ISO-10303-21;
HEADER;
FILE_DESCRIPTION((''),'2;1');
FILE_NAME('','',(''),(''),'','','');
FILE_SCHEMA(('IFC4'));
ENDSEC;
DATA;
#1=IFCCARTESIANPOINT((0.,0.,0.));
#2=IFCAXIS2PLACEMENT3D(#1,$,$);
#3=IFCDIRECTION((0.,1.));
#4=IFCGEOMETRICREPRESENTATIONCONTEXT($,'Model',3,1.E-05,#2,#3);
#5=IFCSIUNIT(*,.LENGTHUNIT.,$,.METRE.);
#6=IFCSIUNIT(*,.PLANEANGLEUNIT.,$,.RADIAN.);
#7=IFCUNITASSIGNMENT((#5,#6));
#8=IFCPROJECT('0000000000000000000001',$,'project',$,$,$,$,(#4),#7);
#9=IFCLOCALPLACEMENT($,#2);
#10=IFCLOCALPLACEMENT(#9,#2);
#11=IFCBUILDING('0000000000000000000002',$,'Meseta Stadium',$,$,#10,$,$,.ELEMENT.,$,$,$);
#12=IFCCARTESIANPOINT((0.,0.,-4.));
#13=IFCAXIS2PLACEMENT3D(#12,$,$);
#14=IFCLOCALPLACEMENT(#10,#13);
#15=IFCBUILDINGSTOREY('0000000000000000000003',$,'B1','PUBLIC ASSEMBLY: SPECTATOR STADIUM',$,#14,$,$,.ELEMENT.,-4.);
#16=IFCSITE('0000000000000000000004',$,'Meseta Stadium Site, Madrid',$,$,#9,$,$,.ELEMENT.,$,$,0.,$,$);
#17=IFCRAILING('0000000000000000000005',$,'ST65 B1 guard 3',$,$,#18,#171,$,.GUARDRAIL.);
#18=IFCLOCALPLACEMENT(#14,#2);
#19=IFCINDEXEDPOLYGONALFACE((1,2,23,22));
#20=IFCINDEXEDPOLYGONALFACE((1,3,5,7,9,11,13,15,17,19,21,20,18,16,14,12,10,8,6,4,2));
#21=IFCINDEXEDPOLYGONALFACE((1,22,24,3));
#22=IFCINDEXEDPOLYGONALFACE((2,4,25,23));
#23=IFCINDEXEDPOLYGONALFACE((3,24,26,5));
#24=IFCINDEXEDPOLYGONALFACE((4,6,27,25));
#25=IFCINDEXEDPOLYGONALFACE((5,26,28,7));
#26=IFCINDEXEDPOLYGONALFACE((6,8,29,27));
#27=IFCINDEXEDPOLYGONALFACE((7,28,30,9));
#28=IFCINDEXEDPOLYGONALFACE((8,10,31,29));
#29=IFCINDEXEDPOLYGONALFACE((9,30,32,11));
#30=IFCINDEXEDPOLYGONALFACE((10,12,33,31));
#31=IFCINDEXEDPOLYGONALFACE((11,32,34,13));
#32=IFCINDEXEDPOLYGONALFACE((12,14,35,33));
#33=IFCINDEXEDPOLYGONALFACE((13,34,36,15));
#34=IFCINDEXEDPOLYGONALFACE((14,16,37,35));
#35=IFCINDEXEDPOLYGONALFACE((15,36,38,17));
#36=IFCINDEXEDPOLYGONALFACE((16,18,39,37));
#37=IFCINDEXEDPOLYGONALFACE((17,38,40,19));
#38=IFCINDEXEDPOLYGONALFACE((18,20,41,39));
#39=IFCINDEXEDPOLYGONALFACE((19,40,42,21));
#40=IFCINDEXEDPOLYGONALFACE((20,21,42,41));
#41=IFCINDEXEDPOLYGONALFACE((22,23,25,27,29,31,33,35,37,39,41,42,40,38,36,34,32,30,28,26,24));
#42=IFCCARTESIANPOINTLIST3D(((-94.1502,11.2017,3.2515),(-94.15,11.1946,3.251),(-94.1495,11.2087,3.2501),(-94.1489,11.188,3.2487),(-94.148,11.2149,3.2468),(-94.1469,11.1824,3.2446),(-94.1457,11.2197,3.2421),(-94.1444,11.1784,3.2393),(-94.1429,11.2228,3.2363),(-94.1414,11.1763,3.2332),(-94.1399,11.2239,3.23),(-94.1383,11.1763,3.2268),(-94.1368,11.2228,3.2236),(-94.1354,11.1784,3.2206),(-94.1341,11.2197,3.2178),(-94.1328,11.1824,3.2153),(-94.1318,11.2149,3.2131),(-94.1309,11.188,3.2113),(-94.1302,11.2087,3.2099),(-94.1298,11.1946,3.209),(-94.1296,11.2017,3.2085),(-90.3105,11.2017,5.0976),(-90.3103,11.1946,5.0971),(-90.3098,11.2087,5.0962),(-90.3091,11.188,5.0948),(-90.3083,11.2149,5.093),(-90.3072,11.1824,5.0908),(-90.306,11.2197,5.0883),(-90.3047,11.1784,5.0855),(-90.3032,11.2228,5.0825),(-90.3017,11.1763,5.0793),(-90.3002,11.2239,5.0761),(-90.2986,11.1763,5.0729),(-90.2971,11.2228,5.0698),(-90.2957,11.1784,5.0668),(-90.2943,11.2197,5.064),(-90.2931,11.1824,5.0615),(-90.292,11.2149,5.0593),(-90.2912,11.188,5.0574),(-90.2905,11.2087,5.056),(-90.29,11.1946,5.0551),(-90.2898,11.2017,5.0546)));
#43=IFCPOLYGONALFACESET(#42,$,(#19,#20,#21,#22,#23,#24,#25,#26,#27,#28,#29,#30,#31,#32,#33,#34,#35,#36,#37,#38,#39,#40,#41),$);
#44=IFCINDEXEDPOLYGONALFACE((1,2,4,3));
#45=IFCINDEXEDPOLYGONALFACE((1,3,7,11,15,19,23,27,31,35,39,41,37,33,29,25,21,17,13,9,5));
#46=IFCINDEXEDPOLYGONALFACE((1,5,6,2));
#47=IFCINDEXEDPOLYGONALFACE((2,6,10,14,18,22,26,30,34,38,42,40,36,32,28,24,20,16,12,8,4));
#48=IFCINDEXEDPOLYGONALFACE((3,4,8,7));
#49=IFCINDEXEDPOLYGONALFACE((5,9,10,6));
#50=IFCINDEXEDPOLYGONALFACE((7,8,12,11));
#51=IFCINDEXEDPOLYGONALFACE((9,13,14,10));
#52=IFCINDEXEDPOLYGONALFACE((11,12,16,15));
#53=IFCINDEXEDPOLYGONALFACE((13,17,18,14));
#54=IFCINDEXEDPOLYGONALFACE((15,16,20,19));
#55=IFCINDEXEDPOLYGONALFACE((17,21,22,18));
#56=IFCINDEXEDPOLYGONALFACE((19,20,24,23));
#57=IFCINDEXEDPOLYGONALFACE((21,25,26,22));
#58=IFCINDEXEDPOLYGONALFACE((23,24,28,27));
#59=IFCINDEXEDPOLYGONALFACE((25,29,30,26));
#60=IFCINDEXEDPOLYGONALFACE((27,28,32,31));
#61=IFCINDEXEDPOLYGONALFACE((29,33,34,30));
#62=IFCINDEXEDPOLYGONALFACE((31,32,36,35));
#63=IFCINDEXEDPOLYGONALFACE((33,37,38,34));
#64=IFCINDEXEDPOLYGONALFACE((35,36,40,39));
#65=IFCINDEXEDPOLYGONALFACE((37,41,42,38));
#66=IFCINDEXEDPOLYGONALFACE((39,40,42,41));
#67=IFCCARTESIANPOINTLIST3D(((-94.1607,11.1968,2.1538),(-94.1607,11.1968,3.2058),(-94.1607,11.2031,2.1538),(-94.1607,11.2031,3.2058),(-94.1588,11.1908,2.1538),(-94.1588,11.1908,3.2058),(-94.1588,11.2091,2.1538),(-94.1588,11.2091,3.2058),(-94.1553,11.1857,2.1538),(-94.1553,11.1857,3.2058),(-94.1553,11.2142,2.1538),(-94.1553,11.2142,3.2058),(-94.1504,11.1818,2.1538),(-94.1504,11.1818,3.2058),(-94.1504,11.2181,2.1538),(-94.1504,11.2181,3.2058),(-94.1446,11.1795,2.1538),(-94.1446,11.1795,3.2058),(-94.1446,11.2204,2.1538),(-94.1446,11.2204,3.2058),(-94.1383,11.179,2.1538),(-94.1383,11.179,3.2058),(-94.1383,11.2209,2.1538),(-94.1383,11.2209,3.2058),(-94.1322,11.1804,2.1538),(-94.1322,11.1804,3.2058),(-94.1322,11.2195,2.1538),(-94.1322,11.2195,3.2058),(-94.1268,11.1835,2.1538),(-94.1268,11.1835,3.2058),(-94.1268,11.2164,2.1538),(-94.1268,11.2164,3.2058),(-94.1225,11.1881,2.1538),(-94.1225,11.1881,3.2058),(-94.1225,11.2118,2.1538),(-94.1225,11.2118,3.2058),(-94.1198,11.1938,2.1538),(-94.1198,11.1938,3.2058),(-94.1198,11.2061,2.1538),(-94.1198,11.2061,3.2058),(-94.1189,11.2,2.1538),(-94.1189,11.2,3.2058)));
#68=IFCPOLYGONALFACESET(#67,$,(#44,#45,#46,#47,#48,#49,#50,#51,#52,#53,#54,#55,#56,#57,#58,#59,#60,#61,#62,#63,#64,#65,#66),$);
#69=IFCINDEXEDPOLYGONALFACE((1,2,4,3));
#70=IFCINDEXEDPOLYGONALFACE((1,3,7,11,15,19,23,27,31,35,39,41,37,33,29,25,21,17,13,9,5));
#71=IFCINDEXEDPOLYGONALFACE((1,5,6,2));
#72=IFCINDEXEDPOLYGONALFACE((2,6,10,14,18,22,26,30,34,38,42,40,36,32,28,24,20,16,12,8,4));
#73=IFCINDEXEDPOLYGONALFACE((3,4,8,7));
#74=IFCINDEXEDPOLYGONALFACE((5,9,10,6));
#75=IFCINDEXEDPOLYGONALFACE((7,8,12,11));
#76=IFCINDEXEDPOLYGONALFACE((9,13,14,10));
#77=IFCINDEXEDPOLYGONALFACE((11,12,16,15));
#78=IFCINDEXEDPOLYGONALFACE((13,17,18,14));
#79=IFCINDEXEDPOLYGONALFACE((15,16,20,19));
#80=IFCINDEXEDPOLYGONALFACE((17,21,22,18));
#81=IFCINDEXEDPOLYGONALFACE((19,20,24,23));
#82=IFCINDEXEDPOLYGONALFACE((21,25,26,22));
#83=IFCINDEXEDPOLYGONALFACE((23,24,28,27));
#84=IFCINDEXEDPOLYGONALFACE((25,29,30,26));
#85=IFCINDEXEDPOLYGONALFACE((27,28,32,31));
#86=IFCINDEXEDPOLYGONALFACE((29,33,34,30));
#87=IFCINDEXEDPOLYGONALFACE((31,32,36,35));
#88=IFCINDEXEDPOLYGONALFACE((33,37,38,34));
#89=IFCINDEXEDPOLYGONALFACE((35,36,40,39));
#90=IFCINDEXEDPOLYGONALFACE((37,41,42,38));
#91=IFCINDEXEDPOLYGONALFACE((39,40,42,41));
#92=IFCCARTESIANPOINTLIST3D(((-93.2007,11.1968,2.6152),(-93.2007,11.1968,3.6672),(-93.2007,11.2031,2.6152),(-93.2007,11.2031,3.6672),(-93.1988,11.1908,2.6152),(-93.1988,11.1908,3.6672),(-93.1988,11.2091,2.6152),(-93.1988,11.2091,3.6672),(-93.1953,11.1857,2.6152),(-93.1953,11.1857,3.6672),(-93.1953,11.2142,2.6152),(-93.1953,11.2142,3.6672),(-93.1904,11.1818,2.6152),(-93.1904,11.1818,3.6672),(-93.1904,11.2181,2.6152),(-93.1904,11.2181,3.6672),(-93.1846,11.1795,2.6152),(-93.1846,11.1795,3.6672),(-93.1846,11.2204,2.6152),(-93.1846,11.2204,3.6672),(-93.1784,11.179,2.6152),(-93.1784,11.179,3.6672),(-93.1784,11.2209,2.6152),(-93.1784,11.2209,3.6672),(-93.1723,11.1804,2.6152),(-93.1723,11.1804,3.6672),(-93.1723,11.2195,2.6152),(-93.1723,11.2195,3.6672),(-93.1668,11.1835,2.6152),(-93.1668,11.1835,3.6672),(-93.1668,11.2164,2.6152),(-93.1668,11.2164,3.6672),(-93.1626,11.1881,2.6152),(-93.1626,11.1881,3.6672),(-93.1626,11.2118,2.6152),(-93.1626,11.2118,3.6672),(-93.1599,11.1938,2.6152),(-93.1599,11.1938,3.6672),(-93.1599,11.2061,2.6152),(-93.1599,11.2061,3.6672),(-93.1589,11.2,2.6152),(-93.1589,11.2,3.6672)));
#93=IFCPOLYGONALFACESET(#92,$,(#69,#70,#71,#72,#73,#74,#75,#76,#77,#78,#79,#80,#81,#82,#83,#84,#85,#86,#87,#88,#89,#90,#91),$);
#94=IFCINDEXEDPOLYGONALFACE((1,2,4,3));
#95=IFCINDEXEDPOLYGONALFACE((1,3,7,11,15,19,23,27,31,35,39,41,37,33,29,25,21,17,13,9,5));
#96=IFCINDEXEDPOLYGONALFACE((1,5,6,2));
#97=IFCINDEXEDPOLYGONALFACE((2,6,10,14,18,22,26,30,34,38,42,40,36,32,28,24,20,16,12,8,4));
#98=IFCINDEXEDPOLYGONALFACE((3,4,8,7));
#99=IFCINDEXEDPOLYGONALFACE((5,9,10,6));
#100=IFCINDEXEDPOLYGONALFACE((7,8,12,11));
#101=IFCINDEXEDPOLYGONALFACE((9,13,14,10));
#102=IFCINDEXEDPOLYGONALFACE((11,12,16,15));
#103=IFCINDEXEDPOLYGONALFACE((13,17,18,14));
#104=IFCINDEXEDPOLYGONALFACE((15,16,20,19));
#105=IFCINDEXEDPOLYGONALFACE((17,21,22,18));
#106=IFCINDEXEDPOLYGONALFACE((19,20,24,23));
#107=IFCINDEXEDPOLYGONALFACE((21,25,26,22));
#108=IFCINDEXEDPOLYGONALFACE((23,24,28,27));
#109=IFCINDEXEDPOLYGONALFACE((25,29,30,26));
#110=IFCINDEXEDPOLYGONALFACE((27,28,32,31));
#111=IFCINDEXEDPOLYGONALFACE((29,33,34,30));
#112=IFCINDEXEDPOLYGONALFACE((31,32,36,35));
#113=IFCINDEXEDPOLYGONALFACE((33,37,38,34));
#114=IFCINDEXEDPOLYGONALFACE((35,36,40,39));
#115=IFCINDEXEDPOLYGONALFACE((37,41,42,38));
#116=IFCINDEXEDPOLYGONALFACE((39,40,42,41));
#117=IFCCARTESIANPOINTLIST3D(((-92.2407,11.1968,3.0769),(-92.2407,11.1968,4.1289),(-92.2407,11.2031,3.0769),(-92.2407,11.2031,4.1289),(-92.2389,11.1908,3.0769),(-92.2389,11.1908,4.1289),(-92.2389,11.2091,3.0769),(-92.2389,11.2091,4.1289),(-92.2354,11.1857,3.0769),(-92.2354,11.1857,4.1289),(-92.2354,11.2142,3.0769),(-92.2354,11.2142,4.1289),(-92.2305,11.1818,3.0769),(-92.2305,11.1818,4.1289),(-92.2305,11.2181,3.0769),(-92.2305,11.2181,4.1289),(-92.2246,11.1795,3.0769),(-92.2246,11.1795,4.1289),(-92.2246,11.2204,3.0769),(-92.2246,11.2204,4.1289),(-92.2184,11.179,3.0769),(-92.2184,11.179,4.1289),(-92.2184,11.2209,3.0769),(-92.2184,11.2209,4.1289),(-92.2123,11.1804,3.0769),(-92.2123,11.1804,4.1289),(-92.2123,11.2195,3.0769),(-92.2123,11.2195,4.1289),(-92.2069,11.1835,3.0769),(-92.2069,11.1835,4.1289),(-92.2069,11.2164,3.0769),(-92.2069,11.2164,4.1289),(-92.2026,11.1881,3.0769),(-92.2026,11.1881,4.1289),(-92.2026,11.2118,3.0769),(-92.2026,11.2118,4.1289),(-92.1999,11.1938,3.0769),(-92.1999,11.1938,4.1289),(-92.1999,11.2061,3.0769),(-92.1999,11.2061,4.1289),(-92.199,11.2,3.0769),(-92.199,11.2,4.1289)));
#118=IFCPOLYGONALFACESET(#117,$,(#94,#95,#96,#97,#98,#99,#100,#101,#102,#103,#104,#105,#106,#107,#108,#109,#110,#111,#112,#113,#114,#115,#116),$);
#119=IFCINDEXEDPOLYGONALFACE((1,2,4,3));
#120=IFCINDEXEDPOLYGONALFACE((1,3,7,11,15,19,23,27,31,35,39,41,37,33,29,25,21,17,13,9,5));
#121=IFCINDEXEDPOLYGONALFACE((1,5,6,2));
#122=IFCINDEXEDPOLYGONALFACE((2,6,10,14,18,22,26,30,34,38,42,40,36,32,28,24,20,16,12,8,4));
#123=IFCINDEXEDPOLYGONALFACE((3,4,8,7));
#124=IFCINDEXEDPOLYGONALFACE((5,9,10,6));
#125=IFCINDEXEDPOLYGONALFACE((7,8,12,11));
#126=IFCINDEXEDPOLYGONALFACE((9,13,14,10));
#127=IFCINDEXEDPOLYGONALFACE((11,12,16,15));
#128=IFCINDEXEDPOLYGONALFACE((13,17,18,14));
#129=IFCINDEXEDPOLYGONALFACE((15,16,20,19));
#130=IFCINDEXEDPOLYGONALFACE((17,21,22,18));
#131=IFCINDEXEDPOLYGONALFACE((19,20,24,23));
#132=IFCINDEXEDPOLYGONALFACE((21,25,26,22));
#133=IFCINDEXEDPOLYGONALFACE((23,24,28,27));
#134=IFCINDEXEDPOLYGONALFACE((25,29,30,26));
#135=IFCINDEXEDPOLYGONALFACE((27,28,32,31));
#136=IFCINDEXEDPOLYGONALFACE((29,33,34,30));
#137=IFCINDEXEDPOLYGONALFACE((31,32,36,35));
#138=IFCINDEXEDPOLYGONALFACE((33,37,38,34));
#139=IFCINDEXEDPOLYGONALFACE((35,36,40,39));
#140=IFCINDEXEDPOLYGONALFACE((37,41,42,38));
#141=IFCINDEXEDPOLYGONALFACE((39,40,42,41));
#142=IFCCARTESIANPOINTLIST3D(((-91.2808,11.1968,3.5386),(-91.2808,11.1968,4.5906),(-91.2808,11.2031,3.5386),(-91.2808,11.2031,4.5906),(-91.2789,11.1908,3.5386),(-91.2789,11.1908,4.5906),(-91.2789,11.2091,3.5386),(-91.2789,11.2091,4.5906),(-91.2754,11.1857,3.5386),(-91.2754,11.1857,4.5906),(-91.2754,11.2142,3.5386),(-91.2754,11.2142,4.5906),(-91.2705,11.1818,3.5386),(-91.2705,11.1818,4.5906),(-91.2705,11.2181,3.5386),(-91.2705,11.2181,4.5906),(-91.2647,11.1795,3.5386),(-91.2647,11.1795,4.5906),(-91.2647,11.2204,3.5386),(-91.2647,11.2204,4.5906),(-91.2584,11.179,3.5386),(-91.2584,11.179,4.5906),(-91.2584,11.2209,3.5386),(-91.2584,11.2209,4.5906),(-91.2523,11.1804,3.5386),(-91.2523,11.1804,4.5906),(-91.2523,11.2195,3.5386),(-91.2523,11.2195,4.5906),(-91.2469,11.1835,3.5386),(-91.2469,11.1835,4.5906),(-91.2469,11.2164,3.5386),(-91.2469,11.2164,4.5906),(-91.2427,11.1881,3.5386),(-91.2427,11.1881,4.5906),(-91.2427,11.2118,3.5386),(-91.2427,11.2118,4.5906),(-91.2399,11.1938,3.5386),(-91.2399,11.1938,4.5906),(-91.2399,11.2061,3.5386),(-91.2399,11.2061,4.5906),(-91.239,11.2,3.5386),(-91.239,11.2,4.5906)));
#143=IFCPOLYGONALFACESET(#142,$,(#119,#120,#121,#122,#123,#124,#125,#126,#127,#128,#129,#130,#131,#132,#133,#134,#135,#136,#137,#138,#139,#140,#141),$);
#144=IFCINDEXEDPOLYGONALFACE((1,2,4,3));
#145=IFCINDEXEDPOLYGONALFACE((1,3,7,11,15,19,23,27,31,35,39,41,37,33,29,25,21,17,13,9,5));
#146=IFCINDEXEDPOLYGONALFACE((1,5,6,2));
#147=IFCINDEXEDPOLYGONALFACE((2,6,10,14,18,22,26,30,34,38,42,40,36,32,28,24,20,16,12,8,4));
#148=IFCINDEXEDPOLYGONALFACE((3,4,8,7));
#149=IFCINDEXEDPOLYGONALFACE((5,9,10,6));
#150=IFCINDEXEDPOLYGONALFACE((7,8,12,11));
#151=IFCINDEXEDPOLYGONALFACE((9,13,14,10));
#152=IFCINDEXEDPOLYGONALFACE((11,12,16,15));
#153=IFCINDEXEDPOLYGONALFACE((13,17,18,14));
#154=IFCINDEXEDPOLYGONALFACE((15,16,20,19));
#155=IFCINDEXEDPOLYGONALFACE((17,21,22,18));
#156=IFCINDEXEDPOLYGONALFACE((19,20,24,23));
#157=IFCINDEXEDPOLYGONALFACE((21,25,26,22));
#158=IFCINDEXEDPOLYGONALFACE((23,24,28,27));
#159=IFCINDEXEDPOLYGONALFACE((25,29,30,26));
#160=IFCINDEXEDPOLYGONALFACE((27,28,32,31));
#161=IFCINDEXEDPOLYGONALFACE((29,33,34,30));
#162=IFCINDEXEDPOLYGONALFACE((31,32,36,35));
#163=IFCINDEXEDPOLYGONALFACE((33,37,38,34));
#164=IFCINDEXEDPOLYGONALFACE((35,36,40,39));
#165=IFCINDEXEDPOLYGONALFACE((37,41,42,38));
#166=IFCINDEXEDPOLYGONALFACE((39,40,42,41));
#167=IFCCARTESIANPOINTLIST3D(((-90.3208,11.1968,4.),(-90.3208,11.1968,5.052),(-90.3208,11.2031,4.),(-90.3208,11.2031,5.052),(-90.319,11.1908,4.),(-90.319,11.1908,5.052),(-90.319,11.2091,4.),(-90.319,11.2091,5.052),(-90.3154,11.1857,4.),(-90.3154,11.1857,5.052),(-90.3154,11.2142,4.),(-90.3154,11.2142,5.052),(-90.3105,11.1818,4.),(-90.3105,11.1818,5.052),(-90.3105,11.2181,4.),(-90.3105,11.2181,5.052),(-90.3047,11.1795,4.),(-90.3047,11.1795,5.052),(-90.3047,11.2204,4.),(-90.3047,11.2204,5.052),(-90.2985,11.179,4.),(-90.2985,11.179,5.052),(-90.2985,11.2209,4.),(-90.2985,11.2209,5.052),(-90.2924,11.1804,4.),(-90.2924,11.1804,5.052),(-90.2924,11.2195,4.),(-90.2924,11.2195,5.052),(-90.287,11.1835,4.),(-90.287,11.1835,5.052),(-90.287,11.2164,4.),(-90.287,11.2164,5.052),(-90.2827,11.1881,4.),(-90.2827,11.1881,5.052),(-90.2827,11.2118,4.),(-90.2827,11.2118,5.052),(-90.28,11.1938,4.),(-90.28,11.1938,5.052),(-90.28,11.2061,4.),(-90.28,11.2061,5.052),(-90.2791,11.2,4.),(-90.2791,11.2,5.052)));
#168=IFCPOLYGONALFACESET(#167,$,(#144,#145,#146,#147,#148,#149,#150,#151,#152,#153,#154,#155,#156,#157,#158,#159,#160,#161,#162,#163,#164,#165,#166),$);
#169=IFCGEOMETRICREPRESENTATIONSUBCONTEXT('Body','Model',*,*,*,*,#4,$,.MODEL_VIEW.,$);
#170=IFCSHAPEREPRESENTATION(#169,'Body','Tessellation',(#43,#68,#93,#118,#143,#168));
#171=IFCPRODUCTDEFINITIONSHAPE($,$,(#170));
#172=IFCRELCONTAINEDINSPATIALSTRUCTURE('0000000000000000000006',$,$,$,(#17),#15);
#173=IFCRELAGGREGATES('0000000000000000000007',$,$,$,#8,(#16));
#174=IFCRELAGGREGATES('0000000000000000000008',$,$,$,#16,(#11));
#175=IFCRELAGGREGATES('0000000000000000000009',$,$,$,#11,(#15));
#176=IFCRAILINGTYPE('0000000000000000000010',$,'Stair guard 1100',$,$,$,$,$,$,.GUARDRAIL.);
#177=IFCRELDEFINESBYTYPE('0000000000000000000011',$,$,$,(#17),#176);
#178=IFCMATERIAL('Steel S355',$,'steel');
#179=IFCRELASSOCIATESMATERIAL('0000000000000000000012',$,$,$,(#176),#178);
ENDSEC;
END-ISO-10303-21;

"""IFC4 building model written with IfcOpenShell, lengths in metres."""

from ifc_helpers import new_model, si_unit, direction, frame, origin, origin_2d, place, context, subcontext, project, spatial, circle, extrude, material, type_object, element, save


model = new_model("IFC4")

# Units and contexts
model_context = context("Model", 3, precision=1e-05, world=origin(), true_north=direction((0.0, 1.0)))
body_context = subcontext(model_context, "Body", "Model", "MODEL_VIEW")
ifc_project = project(units=[si_unit("LENGTHUNIT", "METRE"), si_unit("PLANEANGLEUNIT", "RADIAN")], contexts=[model_context])

# Site, building, storey
site_placement = place(None, origin())
site = spatial("IfcSite", under=ifc_project, at=site_placement, Name="Meseta Stadium Site, Madrid", CompositionType="ELEMENT", RefElevation=0.0)
building_placement = place(site_placement, origin())
building = spatial("IfcBuilding", under=site, at=building_placement, Name="Meseta Stadium", CompositionType="ELEMENT")
storey_placement = place(building_placement, frame((0.0, 0.0, -4.0)))
storey = spatial("IfcBuildingStorey", under=building, at=storey_placement, Name="B1", Description="PUBLIC ASSEMBLY: SPECTATOR STADIUM", CompositionType="ELEMENT", Elevation=-4.0)

# Railing
ifc_material_1 = material(Name="Steel S355", Category="steel")
railing_type_1 = type_object("IfcRailingType", Name="Stair guard 1100", PredefinedType="GUARDRAIL", material=ifc_material_1)
railing_1_placement = place(storey_placement, frame((-94.1399, 11.2, 2.1538)))
element("IfcRailing", 1, at=railing_1_placement, inside=storey, type_object=railing_type_1, Name="ST65 B1 guard 3", PredefinedType="GUARDRAIL", context=body_context, shape_type="SweptSolid", body=[
    extrude(circle(Radius=0.0239, at=origin_2d()), frame((0.0, 0.0, 1.0762), z_axis=(0.901242, 0.0, 0.433316), x_axis=(0.0, 1.0, 0.0)), (0.0, 0.0, 1.0), 4.2605),
    extrude(circle(Radius=0.021, at=origin_2d()), origin(), (0.0, 0.0, 1.0), 1.052),
    extrude(circle(Radius=0.021, at=origin_2d()), frame((0.96, 0.0, 0.4614)), (0.0, 0.0, 1.0), 1.052),
    extrude(circle(Radius=0.021, at=origin_2d()), frame((1.9199, 0.0, 0.9231)), (0.0, 0.0, 1.0), 1.052),
    extrude(circle(Radius=0.021, at=origin_2d()), frame((2.8799, 0.0, 1.3848)), (0.0, 0.0, 1.0), 1.052),
    extrude(circle(Radius=0.021, at=origin_2d()), frame((3.8398, 0.0, 1.8462)), (0.0, 0.0, 1.0), 1.052),
])

save(model, "model.ifc")
